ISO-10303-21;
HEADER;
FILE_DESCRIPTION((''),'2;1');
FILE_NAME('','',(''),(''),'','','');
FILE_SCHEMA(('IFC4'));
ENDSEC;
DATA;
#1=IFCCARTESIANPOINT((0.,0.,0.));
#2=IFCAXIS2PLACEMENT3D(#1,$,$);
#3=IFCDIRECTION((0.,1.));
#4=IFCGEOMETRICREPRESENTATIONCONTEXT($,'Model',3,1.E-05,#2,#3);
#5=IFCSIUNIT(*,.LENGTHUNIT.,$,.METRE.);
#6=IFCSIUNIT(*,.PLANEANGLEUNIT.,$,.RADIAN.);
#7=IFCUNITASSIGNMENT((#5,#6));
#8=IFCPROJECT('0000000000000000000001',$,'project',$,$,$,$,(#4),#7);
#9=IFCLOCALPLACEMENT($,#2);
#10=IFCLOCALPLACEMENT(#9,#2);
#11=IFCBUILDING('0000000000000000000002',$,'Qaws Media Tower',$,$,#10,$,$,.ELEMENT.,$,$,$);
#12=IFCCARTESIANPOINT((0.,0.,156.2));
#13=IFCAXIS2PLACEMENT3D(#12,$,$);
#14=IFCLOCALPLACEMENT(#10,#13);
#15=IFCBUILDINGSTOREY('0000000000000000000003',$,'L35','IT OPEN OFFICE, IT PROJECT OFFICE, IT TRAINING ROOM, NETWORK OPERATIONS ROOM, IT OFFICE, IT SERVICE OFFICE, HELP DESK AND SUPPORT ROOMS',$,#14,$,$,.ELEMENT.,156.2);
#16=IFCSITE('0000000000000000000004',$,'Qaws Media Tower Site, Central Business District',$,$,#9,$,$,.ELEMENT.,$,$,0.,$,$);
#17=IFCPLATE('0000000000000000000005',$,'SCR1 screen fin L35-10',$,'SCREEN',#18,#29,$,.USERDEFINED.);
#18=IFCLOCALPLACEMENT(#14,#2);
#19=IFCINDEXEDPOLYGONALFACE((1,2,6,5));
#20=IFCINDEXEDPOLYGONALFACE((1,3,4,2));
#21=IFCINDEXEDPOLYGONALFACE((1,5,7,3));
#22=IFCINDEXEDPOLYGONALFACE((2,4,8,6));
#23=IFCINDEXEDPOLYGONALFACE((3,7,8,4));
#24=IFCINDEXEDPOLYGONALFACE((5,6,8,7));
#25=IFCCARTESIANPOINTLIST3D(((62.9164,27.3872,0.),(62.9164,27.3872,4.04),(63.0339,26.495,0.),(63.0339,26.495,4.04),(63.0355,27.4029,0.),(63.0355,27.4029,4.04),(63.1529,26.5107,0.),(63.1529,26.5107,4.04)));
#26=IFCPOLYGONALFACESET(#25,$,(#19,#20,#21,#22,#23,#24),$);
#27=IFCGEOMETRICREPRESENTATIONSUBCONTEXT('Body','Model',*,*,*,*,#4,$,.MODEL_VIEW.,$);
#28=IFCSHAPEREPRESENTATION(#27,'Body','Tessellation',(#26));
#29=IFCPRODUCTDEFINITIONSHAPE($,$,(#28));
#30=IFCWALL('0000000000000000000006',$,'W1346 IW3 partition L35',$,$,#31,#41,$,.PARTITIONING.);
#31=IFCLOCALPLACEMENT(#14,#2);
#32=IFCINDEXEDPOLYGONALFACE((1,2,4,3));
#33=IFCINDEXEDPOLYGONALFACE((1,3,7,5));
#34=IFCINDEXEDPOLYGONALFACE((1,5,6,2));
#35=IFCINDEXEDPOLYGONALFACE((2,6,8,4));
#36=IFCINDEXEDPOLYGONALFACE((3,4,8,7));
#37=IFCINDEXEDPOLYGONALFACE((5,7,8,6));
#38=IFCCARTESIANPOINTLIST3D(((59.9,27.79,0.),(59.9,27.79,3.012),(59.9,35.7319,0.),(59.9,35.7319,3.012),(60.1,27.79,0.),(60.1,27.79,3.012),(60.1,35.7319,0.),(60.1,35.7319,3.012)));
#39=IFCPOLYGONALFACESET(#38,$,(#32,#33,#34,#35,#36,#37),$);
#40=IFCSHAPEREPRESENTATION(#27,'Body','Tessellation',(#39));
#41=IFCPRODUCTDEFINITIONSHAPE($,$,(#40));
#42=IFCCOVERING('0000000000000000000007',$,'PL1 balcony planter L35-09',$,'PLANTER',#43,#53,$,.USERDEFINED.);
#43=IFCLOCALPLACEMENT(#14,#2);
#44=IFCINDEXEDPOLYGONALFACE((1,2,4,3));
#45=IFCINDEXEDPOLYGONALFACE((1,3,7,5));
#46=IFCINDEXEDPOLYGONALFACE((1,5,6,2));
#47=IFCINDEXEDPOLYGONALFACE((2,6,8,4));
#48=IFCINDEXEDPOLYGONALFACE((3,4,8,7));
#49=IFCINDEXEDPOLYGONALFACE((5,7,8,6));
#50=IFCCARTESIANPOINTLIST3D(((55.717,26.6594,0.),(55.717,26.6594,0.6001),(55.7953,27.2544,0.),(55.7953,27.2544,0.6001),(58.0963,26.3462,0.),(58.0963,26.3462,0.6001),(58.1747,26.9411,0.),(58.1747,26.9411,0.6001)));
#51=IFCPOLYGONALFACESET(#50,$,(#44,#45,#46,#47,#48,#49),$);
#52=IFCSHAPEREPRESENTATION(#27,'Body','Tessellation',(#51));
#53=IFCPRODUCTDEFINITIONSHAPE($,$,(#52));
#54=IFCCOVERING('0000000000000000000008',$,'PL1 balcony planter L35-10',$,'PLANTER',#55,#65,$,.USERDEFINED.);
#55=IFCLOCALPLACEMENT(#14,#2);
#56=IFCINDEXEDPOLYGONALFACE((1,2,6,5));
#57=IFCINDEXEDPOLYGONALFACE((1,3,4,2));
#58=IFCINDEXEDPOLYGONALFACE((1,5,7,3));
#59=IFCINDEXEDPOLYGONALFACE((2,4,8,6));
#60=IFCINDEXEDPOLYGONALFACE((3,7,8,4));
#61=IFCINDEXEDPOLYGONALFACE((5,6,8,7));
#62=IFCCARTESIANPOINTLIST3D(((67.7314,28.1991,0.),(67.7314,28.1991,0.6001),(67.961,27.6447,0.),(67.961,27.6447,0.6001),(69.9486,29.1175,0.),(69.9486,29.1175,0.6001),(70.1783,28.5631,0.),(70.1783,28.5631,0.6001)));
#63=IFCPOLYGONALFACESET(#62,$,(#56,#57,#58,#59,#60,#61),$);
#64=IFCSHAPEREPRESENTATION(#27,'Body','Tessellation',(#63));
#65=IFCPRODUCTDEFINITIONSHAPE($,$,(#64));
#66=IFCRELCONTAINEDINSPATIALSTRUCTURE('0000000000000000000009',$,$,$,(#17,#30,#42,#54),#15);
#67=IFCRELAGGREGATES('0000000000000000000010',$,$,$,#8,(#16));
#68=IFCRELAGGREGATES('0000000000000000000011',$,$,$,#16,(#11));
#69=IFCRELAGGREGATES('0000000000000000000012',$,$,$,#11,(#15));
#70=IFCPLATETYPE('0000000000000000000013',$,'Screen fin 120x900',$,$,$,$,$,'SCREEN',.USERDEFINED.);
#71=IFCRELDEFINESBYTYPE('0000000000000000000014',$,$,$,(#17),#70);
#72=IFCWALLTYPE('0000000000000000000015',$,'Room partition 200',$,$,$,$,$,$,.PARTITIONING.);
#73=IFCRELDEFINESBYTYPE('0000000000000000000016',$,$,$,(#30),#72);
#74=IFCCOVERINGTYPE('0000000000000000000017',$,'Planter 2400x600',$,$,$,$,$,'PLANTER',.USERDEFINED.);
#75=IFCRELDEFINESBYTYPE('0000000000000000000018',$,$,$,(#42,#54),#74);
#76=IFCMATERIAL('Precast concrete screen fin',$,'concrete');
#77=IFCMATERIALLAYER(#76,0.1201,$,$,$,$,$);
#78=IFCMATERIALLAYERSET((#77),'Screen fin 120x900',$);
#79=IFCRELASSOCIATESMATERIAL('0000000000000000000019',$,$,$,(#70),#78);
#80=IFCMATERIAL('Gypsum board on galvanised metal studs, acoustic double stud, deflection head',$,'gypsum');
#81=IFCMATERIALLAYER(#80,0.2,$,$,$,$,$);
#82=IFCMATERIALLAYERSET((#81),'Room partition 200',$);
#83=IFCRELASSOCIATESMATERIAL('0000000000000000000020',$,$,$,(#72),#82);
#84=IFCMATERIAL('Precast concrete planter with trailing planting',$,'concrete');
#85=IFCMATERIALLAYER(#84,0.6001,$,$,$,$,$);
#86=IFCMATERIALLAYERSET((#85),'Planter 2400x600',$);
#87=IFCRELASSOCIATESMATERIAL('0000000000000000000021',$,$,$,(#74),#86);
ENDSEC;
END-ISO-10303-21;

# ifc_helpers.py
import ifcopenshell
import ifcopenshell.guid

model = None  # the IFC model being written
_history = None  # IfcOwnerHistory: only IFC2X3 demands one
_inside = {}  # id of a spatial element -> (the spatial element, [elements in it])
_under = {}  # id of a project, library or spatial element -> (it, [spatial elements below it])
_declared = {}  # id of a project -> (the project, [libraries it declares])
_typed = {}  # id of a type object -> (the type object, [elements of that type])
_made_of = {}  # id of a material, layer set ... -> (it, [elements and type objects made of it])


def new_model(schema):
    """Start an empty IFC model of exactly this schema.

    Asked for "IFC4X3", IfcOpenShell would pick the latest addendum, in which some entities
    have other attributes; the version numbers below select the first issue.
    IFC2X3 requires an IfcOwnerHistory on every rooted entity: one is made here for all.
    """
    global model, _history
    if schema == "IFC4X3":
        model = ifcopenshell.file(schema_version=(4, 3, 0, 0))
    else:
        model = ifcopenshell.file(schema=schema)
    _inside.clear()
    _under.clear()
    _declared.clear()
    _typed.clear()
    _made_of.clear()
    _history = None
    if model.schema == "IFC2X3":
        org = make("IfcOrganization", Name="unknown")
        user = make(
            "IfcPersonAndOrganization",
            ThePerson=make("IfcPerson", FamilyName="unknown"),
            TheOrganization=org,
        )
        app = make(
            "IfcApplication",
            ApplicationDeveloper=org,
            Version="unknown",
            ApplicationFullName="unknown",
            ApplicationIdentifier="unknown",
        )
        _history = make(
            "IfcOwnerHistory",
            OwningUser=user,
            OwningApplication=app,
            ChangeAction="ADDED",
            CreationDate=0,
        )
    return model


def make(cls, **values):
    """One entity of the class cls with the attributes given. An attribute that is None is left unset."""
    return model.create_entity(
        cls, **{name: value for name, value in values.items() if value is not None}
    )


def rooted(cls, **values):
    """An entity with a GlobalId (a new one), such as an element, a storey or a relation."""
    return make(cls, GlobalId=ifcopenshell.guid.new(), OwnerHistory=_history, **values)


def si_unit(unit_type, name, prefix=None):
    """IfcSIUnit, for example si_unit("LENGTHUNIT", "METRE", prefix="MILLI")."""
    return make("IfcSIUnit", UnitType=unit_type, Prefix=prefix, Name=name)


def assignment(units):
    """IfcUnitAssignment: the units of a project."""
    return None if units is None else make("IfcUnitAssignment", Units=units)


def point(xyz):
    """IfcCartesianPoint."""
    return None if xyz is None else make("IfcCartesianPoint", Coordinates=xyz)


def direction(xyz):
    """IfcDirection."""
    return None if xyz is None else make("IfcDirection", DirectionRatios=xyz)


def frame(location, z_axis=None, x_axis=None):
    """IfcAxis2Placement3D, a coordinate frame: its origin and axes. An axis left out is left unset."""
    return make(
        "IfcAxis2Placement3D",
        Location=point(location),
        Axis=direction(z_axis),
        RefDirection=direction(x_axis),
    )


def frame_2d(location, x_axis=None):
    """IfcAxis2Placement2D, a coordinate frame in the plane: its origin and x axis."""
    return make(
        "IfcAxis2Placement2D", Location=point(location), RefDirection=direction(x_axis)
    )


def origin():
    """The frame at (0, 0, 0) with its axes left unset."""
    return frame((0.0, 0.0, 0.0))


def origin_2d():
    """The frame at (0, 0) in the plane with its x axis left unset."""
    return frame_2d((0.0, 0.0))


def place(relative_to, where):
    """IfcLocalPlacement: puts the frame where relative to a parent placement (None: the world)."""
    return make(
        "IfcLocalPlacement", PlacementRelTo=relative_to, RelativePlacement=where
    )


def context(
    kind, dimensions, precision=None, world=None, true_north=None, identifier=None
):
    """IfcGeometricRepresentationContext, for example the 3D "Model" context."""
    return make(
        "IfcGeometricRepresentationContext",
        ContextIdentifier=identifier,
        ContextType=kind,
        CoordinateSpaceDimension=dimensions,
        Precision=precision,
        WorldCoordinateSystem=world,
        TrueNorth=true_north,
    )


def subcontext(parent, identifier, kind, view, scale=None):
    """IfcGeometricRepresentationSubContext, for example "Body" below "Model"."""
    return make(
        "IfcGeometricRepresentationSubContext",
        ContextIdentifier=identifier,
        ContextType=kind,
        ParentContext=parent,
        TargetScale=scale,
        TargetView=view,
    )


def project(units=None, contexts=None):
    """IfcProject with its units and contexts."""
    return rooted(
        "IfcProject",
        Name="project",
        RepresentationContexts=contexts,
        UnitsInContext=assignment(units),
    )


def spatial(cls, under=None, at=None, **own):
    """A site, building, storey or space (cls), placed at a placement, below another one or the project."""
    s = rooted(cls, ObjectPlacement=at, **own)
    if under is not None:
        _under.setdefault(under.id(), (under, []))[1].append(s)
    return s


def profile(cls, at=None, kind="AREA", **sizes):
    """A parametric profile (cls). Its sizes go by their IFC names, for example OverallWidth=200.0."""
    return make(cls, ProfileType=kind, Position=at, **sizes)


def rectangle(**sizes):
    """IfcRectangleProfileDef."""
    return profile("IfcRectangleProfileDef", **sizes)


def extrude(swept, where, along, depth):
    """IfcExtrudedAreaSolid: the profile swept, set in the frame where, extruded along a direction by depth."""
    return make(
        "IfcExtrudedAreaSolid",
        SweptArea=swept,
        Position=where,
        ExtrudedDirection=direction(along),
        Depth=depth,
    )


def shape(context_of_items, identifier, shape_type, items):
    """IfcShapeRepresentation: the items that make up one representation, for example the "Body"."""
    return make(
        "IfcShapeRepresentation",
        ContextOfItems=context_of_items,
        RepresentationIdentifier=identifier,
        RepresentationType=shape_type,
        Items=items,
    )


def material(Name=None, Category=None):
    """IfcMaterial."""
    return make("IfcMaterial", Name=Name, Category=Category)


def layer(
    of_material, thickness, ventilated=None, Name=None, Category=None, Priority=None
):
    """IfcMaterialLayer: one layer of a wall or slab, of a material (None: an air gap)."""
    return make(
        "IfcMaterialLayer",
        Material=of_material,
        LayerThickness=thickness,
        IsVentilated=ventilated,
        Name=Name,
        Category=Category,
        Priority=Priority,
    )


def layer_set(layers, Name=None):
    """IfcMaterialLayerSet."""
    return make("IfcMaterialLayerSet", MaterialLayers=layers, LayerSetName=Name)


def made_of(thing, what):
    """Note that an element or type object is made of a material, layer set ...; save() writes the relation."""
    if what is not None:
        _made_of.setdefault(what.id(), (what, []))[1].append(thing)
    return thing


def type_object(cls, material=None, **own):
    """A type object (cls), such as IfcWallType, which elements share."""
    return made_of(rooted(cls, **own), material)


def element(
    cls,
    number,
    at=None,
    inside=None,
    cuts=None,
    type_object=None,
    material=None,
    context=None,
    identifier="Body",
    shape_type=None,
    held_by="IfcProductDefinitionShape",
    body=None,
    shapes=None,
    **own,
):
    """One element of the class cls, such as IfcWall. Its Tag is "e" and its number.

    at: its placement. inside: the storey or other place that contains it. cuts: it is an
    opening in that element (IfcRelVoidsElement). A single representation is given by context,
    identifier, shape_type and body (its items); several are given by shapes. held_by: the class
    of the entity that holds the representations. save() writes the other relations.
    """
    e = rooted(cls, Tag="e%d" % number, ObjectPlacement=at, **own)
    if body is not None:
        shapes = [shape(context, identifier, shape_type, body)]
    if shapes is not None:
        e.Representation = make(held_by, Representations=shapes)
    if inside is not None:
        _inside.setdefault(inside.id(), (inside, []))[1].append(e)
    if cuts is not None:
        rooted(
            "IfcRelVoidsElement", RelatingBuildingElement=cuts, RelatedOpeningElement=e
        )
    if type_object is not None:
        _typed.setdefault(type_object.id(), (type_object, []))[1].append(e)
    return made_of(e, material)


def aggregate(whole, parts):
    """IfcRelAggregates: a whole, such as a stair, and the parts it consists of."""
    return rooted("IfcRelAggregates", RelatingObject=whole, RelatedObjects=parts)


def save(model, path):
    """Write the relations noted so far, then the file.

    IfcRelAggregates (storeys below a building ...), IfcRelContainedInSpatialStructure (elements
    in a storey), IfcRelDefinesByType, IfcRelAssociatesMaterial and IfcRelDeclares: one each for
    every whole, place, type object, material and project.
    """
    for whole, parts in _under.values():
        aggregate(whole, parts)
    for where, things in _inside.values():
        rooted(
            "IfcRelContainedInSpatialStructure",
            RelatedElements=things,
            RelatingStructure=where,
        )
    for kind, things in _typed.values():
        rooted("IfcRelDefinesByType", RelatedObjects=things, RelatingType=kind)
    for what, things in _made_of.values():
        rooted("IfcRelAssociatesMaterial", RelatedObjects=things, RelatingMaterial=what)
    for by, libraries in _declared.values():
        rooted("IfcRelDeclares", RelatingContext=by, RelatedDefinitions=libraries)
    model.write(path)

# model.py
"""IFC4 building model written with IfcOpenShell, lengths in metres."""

from ifc_helpers import new_model, si_unit, direction, frame, frame_2d, origin, origin_2d, place, context, subcontext, project, spatial, rectangle, extrude, material, layer, layer_set, type_object, element, save


model = new_model("IFC4")

# Units and contexts
model_context = context("Model", 3, precision=1e-05, world=origin(), true_north=direction((0.0, 1.0)))
body_context = subcontext(model_context, "Body", "Model", "MODEL_VIEW")
ifc_project = project(units=[si_unit("LENGTHUNIT", "METRE"), si_unit("PLANEANGLEUNIT", "RADIAN")], contexts=[model_context])

# Site, building, storey
site_placement = place(None, origin())
site = spatial("IfcSite", under=ifc_project, at=site_placement, Name="Qaws Media Tower Site, Central Business District", CompositionType="ELEMENT", RefElevation=0.0)
building_placement = place(site_placement, origin())
building = spatial("IfcBuilding", under=site, at=building_placement, Name="Qaws Media Tower", CompositionType="ELEMENT")
storey_placement = place(building_placement, frame((0.0, 0.0, 156.2)))
storey = spatial("IfcBuildingStorey", under=building, at=storey_placement, Name="L35", Description="IT OPEN OFFICE, IT PROJECT OFFICE, IT TRAINING ROOM, NETWORK OPERATIONS ROOM, IT OFFICE, IT SERVICE OFFICE, HELP DESK AND SUPPORT ROOMS", CompositionType="ELEMENT", Elevation=156.2)

# Plate
ifc_material_1 = material(Name="Precast concrete screen fin", Category="concrete")
ifc_layer_1 = layer(ifc_material_1, 0.1201)
ifc_layer_set_1 = layer_set([ifc_layer_1], Name="Screen fin 120x900")
plate_type_1 = type_object("IfcPlateType", Name="Screen fin 120x900", ElementType="SCREEN", PredefinedType="USERDEFINED", material=ifc_layer_set_1)
plate_1_placement = place(storey_placement, frame((63.0347, 26.949, 0.0), z_axis=(0.0, 0.0, 1.0), x_axis=(0.130526, -0.991445, 0.0)))
element("IfcPlate", 1, at=plate_1_placement, inside=storey, type_object=plate_type_1, Name="SCR1 screen fin L35-10", ObjectType="SCREEN", PredefinedType="USERDEFINED", context=body_context, shape_type="SweptSolid", body=[
    extrude(rectangle(XDim=0.8999, YDim=0.1201, at=origin_2d()), origin(), (0.0, 0.0, 1.0), 4.04),
])

# Wall
ifc_material_2 = material(Name="Gypsum board on galvanised metal studs, acoustic double stud, deflection head", Category="gypsum")
ifc_layer_2 = layer(ifc_material_2, 0.2)
ifc_layer_set_2 = layer_set([ifc_layer_2], Name="Room partition 200")
wall_type_1 = type_object("IfcWallType", Name="Room partition 200", PredefinedType="PARTITIONING", material=ifc_layer_set_2)
wall_1_placement = place(storey_placement, frame((60.0, 35.7319, 0.0), z_axis=(0.0, 0.0, 1.0), x_axis=(0.0, -1.0, 0.0)))
element("IfcWall", 2, at=wall_1_placement, inside=storey, type_object=wall_type_1, Name="W1346 IW3 partition L35", PredefinedType="PARTITIONING", context=body_context, shape_type="SweptSolid", body=[
    extrude(rectangle(XDim=7.9419, YDim=0.2, at=frame_2d((3.9709, 0.0))), origin(), (0.0, 0.0, 1.0), 3.012),
])

# Coverings
ifc_material_3 = material(Name="Precast concrete planter with trailing planting", Category="concrete")
ifc_layer_3 = layer(ifc_material_3, 0.6001)
ifc_layer_set_3 = layer_set([ifc_layer_3], Name="Planter 2400x600")
covering_type = type_object("IfcCoveringType", Name="Planter 2400x600", ElementType="PLANTER", PredefinedType="USERDEFINED", material=ifc_layer_set_3)
for number, where, z_axis, x_axis, name in (
    (3, (56.9458, 26.8003, 0.0), (0.0, 0.0, 1.0), (0.991445, -0.130526, 0.0), "PL1 balcony planter L35-09"),
    (4, (68.9548, 28.3811, 0.0), (0.0, 0.0, 1.0), (0.92388, 0.382683, 0.0), "PL1 balcony planter L35-10"),
):
    element("IfcCovering", number, at=place(storey_placement, frame(where, z_axis=z_axis, x_axis=x_axis)), inside=storey, type_object=covering_type, Name=name, ObjectType="PLANTER", PredefinedType="USERDEFINED", context=body_context, shape_type="SweptSolid", body=[
        extrude(rectangle(XDim=2.3999, YDim=0.6001, at=origin_2d()), origin(), (0.0, 0.0, 1.0), 0.6001),
    ])

save(model, "model.ifc")
